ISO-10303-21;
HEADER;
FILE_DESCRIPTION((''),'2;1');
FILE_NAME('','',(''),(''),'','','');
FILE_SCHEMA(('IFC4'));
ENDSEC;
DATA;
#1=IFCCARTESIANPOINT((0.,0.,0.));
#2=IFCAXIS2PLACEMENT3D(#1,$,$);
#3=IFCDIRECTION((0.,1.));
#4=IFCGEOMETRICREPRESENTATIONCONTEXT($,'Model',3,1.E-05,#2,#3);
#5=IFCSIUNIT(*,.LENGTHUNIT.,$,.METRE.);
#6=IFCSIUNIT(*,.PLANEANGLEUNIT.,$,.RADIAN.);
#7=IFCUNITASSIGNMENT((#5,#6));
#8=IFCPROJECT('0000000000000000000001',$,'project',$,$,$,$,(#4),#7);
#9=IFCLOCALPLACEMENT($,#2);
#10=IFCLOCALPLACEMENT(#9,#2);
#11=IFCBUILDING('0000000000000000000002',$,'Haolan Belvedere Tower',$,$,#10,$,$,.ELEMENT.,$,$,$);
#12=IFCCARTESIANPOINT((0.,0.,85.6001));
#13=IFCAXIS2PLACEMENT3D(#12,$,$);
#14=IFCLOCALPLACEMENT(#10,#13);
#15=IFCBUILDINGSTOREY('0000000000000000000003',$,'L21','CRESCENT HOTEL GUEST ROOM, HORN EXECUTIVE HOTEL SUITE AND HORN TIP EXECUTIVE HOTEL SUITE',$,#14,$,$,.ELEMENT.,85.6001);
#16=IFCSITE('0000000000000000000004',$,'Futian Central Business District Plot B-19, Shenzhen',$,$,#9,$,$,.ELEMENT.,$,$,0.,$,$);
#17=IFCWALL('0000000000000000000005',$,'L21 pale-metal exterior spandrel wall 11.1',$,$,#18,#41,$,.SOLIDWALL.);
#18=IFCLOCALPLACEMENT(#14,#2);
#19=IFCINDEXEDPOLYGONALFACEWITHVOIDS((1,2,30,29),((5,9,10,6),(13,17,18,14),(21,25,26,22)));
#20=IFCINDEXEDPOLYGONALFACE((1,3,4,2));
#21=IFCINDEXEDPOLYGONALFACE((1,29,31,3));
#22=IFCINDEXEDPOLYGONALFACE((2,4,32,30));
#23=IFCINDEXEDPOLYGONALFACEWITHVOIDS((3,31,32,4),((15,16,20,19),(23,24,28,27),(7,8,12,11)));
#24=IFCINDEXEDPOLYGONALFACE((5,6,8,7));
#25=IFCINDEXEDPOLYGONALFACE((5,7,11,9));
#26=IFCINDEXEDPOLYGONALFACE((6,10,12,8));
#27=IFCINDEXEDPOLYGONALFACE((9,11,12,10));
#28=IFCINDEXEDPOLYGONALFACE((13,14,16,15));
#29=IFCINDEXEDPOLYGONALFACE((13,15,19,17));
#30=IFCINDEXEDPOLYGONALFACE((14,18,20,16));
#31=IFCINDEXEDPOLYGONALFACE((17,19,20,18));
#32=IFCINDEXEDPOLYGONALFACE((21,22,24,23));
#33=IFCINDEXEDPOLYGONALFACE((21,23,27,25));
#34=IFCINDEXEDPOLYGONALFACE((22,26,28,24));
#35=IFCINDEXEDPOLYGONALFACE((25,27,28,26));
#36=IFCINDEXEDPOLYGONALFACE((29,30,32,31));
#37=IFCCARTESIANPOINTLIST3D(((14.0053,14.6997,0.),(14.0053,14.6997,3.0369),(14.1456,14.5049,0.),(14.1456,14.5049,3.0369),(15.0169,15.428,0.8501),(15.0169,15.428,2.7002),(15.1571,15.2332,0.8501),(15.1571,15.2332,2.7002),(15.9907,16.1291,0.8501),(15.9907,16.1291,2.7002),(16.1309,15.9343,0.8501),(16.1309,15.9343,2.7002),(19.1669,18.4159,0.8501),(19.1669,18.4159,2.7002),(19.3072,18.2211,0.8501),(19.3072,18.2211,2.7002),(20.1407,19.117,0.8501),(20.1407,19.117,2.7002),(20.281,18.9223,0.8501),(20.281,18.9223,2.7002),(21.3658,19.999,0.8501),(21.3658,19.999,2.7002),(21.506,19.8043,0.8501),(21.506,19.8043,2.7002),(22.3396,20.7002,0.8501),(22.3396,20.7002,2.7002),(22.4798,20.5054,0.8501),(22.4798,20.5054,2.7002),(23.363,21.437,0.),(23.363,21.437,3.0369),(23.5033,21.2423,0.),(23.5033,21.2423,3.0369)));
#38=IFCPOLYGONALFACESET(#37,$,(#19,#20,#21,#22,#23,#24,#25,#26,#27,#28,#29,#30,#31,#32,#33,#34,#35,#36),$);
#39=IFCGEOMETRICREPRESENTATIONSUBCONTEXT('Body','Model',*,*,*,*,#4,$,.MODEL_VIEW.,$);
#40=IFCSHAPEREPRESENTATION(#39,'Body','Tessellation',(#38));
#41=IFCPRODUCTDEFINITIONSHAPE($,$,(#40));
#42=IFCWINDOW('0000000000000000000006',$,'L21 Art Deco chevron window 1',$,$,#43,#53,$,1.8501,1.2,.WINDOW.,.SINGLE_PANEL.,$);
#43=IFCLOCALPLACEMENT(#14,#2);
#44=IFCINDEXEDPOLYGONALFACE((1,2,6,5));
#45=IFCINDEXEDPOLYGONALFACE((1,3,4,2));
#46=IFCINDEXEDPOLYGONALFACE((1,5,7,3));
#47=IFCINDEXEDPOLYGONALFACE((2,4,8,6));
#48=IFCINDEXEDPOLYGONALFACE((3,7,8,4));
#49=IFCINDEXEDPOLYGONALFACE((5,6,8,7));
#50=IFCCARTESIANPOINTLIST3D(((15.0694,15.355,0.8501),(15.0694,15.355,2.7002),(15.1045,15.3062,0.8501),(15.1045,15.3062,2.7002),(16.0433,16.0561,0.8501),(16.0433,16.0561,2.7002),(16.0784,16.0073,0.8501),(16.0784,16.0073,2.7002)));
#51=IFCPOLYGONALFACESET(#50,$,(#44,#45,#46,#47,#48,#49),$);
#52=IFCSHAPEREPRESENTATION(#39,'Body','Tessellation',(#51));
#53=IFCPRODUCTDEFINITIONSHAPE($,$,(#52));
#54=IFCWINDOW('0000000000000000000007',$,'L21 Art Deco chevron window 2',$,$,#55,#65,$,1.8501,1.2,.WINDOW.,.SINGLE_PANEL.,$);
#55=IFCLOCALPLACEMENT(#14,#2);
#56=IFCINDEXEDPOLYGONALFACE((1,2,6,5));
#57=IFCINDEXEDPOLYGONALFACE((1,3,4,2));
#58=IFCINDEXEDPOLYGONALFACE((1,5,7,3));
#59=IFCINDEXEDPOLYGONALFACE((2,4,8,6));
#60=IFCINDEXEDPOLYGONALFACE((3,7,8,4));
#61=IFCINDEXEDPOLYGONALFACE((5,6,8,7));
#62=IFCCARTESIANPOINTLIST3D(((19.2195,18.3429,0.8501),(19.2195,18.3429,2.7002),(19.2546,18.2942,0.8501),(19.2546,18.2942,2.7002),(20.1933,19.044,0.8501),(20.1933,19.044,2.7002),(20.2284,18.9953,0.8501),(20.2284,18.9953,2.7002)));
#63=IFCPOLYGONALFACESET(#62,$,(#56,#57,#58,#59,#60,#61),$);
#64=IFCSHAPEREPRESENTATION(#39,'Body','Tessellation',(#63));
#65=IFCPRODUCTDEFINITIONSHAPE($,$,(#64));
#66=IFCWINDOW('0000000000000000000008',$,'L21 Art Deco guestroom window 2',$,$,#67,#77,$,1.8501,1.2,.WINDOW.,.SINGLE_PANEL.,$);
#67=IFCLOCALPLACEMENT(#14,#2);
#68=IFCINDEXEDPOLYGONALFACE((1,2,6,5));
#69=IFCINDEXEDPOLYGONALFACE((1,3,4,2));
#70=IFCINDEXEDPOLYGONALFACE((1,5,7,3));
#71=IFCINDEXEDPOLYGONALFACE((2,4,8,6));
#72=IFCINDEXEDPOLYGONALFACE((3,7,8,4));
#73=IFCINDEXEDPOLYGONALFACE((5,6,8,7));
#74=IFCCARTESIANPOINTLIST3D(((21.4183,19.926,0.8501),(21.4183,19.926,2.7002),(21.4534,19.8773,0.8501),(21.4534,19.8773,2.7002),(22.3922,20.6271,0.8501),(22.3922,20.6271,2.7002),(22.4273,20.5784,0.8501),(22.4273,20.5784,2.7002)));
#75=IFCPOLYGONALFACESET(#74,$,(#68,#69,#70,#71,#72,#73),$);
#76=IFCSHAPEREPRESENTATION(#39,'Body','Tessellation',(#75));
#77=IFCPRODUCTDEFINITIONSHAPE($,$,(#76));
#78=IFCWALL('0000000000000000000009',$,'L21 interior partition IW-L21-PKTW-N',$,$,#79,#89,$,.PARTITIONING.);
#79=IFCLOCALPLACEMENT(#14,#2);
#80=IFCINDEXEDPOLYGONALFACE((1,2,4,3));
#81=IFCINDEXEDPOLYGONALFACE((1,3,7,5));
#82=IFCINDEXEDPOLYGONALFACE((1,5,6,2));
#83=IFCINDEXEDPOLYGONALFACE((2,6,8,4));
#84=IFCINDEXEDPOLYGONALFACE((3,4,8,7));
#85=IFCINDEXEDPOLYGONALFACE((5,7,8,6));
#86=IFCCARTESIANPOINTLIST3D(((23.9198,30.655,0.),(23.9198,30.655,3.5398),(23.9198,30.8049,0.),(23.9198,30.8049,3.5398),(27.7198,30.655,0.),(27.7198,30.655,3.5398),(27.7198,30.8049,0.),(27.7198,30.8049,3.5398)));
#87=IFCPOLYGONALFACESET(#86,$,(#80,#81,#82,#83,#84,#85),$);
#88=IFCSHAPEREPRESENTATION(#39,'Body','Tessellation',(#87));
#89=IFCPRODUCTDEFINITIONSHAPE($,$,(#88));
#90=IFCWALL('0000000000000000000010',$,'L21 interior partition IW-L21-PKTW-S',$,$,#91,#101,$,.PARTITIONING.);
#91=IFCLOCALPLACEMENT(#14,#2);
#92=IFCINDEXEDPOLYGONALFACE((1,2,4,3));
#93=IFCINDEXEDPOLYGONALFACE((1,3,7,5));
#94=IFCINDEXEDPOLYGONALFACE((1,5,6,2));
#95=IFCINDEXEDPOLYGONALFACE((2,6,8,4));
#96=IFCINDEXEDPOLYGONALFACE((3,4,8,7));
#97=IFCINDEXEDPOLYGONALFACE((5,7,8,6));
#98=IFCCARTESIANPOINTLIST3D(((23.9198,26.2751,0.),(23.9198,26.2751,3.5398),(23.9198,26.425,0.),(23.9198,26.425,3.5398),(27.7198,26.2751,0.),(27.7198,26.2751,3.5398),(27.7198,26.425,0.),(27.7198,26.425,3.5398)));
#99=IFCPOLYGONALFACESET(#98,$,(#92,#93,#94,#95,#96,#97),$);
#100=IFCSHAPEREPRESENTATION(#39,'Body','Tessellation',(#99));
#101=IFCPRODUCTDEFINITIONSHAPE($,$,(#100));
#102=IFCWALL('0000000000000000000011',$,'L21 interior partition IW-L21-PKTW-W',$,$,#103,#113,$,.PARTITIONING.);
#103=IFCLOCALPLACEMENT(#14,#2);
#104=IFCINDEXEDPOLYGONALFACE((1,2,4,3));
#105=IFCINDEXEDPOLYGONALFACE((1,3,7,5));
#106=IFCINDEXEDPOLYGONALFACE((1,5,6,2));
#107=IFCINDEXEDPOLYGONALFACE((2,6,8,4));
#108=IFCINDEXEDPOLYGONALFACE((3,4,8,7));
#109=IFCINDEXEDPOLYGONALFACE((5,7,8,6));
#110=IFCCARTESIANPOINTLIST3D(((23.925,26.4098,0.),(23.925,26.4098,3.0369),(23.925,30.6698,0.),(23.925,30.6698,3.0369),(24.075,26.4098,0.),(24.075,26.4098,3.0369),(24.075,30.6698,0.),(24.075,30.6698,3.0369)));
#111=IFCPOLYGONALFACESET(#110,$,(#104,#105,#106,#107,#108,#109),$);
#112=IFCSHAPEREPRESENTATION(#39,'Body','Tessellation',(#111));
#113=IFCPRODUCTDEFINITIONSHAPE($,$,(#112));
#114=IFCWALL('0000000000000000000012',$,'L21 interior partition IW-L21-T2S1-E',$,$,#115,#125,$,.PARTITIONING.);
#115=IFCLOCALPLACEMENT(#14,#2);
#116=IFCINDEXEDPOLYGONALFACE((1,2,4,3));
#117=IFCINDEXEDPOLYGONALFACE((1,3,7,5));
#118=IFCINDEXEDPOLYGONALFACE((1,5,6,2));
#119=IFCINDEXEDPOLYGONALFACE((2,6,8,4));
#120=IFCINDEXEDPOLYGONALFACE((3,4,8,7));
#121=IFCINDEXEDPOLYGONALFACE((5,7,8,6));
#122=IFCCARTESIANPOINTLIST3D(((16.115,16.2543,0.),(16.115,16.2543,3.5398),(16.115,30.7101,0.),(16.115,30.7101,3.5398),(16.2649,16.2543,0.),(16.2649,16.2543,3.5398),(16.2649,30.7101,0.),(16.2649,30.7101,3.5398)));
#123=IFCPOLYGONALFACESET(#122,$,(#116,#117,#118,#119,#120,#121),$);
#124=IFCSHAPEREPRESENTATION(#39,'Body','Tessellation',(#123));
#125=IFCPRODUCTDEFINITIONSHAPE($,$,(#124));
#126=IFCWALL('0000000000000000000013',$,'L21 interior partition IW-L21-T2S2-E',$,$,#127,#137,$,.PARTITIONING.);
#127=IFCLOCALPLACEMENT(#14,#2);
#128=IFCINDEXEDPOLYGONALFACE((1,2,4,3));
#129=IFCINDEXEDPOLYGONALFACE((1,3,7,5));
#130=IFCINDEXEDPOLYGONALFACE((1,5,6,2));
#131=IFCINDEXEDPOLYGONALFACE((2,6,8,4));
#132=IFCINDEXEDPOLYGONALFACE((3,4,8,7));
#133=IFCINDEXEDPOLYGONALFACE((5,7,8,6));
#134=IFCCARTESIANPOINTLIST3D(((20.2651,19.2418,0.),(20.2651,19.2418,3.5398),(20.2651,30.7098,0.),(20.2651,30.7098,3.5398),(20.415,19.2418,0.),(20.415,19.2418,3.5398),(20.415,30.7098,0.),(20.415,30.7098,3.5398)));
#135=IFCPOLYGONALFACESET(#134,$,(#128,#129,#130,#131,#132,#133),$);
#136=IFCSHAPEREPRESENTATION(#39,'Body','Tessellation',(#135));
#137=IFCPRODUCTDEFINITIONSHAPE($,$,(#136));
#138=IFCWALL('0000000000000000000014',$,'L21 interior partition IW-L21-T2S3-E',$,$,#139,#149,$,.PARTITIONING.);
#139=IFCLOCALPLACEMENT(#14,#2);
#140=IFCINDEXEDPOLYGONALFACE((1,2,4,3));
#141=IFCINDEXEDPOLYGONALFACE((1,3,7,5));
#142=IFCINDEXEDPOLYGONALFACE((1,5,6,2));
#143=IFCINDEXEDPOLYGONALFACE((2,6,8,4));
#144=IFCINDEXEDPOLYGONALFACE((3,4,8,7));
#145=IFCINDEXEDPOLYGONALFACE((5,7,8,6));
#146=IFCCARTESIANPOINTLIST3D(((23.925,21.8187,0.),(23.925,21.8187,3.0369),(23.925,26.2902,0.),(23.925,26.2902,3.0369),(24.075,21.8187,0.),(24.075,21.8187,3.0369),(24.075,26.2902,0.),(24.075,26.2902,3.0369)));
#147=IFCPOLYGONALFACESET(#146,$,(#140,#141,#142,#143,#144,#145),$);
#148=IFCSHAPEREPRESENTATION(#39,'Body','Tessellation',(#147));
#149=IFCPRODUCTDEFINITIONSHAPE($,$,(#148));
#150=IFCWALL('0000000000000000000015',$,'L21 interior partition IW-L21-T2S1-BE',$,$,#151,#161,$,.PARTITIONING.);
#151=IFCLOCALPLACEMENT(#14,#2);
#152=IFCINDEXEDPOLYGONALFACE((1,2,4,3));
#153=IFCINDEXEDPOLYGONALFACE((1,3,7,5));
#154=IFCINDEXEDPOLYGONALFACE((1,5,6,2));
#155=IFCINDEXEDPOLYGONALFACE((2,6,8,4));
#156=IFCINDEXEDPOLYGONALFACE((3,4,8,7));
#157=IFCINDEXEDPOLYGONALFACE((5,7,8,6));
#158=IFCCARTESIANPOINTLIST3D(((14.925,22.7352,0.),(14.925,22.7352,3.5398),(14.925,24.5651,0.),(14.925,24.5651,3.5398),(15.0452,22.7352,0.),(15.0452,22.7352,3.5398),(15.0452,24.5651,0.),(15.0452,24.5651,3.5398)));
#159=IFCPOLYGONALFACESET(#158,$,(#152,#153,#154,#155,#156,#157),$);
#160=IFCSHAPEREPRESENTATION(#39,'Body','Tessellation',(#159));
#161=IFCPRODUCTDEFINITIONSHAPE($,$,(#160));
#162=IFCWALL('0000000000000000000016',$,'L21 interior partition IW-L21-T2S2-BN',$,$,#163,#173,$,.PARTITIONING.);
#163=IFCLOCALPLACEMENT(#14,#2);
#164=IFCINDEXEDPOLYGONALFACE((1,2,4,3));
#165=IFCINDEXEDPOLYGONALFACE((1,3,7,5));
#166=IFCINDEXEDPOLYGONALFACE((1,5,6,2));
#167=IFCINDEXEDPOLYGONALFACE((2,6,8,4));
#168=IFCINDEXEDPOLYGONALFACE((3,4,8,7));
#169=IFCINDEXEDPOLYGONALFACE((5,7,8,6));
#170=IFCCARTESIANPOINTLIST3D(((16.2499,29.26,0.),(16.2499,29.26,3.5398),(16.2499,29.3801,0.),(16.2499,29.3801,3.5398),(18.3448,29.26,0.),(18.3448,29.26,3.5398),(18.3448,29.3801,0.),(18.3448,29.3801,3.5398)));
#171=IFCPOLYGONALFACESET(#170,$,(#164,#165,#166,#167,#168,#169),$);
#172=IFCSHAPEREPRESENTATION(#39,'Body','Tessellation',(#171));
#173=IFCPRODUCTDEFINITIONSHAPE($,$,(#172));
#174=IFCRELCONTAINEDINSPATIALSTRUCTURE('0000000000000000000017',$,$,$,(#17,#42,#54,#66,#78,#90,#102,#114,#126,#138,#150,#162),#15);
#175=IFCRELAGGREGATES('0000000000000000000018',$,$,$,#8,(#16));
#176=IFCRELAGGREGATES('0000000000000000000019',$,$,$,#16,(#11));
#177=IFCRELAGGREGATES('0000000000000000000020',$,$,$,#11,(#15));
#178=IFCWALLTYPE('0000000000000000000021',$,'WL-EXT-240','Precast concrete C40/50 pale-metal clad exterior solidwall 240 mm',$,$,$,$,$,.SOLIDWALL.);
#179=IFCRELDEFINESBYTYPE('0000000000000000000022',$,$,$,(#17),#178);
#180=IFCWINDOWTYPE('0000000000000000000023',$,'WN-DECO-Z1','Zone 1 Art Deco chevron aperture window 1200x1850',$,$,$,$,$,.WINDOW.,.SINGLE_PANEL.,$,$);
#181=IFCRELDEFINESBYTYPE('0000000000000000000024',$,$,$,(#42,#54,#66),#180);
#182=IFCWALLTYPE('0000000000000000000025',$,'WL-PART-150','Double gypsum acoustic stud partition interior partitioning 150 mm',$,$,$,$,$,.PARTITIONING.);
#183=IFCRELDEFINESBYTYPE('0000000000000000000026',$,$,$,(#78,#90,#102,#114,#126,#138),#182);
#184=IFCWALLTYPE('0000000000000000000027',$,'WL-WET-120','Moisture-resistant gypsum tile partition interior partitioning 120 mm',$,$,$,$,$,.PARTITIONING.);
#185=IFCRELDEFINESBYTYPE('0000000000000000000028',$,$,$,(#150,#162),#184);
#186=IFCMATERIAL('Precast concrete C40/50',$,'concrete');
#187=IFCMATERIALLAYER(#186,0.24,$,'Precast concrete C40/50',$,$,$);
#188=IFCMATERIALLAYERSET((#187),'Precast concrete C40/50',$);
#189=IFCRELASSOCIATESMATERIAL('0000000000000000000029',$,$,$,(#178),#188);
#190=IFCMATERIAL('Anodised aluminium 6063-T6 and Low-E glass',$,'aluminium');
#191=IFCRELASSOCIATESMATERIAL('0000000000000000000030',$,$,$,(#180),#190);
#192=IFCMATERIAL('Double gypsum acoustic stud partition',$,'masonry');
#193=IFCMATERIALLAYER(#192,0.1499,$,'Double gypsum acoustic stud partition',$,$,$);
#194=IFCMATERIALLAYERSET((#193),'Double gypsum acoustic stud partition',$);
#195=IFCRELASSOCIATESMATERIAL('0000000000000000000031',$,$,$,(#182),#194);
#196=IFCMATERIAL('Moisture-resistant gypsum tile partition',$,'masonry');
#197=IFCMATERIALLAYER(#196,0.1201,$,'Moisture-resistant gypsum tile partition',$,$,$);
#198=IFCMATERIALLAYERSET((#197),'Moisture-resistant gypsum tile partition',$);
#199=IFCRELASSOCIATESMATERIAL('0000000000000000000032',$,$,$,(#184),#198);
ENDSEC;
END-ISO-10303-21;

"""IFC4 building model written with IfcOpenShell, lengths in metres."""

from ifc_helpers import new_model, si_unit, direction, frame, frame_2d, origin, place, context, subcontext, project, spatial, rectangle, extrude, material, layer, layer_set, type_object, element, fill, save


model = new_model("IFC4")

# Units and contexts
model_context = context("Model", 3, precision=1e-05, world=origin(), true_north=direction((0.0, 1.0)))
body_context = subcontext(model_context, "Body", "Model", "MODEL_VIEW")
ifc_project = project(units=[si_unit("LENGTHUNIT", "METRE"), si_unit("PLANEANGLEUNIT", "RADIAN")], contexts=[model_context])

# Site, building, storey
site_placement = place(None, origin())
site = spatial("IfcSite", under=ifc_project, at=site_placement, Name="Futian Central Business District Plot B-19, Shenzhen", CompositionType="ELEMENT", RefElevation=0.0)
building_placement = place(site_placement, origin())
building = spatial("IfcBuilding", under=site, at=building_placement, Name="Haolan Belvedere Tower", CompositionType="ELEMENT")
storey_placement = place(building_placement, frame((0.0, 0.0, 85.6001)))
storey = spatial("IfcBuildingStorey", under=building, at=storey_placement, Name="L21", Description="CRESCENT HOTEL GUEST ROOM, HORN EXECUTIVE HOTEL SUITE AND HORN TIP EXECUTIVE HOTEL SUITE", CompositionType="ELEMENT", Elevation=85.6001)

# Shared definitions
ifc_material_1 = material(Name="Precast concrete C40/50", Category="concrete")
ifc_layer_1 = layer(ifc_material_1, 0.24, Name="Precast concrete C40/50")
ifc_layer_set_1 = layer_set([ifc_layer_1], Name="Precast concrete C40/50")
wall_type_1 = type_object("IfcWallType", Name="WL-EXT-240", Description="Precast concrete C40/50 pale-metal clad exterior solidwall 240 mm", PredefinedType="SOLIDWALL", material=ifc_layer_set_1)

# Wall, openings, windows
wall_1_placement = place(storey_placement, frame((14.0754, 14.6023, 0.0), z_axis=(0.0, 0.0, 1.0), x_axis=(0.811543, 0.584292, 0.0)))
wall_1 = element("IfcWall", 1, at=wall_1_placement, inside=storey, type_object=wall_type_1, Name="L21 pale-metal exterior spandrel wall 11.1", PredefinedType="SOLIDWALL", context=body_context, shape_type="SweptSolid", body=[
    extrude(rectangle(XDim=11.5308, YDim=0.24, at=frame_2d((5.7654, 0.0))), origin(), (0.0, 0.0, 1.0), 3.0369),
])
opening_1_placement = place(wall_1_placement, frame((1.2463, 0.0, 0.8501)))
opening_1 = element("IfcOpeningElement", 2, at=opening_1_placement, cuts=wall_1, PredefinedType="OPENING", context=body_context, shape_type="SweptSolid", body=[
    extrude(rectangle(XDim=1.2, YDim=1.8501, at=frame_2d((0.6001, 0.925))), frame((0.0, 0.1299, 0.0), z_axis=(0.0, -1.0, 0.0), x_axis=(1.0, 0.0, 0.0)), (0.0, 0.0, 1.0), 0.26),
])
opening_2_placement = place(wall_1_placement, frame((6.3601, 0.0, 0.8501)))
opening_2 = element("IfcOpeningElement", 3, at=opening_2_placement, cuts=wall_1, PredefinedType="OPENING", context=body_context, shape_type="SweptSolid", body=[
    extrude(rectangle(XDim=1.2, YDim=1.8501, at=frame_2d((0.6001, 0.925))), frame((0.0, 0.1299, 0.0), z_axis=(0.0, -1.0, 0.0), x_axis=(1.0, 0.0, 0.0)), (0.0, 0.0, 1.0), 0.26),
])
opening_3_placement = place(wall_1_placement, frame((9.0696, 0.0, 0.8501)))
opening_3 = element("IfcOpeningElement", 4, at=opening_3_placement, cuts=wall_1, PredefinedType="OPENING", context=body_context, shape_type="SweptSolid", body=[
    extrude(rectangle(XDim=1.2, YDim=1.8501, at=frame_2d((0.6001, 0.925))), frame((0.0, 0.1299, 0.0), z_axis=(0.0, -1.0, 0.0), x_axis=(1.0, 0.0, 0.0)), (0.0, 0.0, 1.0), 0.26),
])
ifc_material_2 = material(Name="Anodised aluminium 6063-T6 and Low-E glass", Category="aluminium")
window_type = type_object("IfcWindowType", Name="WN-DECO-Z1", Description="Zone 1 Art Deco chevron aperture window 1200x1850", PartitioningType="SINGLE_PANEL", PredefinedType="WINDOW", material=ifc_material_2)
window_1_placement = place(opening_1_placement, origin())
window_1 = element("IfcWindow", 5, at=window_1_placement, inside=storey, type_object=window_type, Name="L21 Art Deco chevron window 1", OverallHeight=1.8501, OverallWidth=1.2, PartitioningType="SINGLE_PANEL", PredefinedType="WINDOW", context=body_context, shape_type="SweptSolid", body=[
    extrude(rectangle(XDim=1.2, YDim=1.8501, at=frame_2d((0.6001, 0.925))), frame((0.0, 0.03, 0.0), z_axis=(0.0, -1.0, 0.0), x_axis=(1.0, 0.0, 0.0)), (0.0, 0.0, 1.0), 0.0601),
])
fill(opening_1, window_1)
window_2_placement = place(opening_2_placement, origin())
window_2 = element("IfcWindow", 6, at=window_2_placement, inside=storey, type_object=window_type, Name="L21 Art Deco chevron window 2", OverallHeight=1.8501, OverallWidth=1.2, PartitioningType="SINGLE_PANEL", PredefinedType="WINDOW", context=body_context, shape_type="SweptSolid", body=[
    extrude(rectangle(XDim=1.2, YDim=1.8501, at=frame_2d((0.6001, 0.925))), frame((0.0, 0.03, 0.0), z_axis=(0.0, -1.0, 0.0), x_axis=(1.0, 0.0, 0.0)), (0.0, 0.0, 1.0), 0.0601),
])
fill(opening_2, window_2)
window_3_placement = place(opening_3_placement, origin())
window_3 = element("IfcWindow", 7, at=window_3_placement, inside=storey, type_object=window_type, Name="L21 Art Deco guestroom window 2", OverallHeight=1.8501, OverallWidth=1.2, PartitioningType="SINGLE_PANEL", PredefinedType="WINDOW", context=body_context, shape_type="SweptSolid", body=[
    extrude(rectangle(XDim=1.2, YDim=1.8501, at=frame_2d((0.6001, 0.925))), frame((0.0, 0.03, 0.0), z_axis=(0.0, -1.0, 0.0), x_axis=(1.0, 0.0, 0.0)), (0.0, 0.0, 1.0), 0.0601),
])
fill(opening_3, window_3)

# Walls
ifc_material_3 = material(Name="Double gypsum acoustic stud partition", Category="masonry")
ifc_layer_2 = layer(ifc_material_3, 0.1499, Name="Double gypsum acoustic stud partition")
ifc_layer_set_2 = layer_set([ifc_layer_2], Name="Double gypsum acoustic stud partition")
wall_type_2 = type_object("IfcWallType", Name="WL-PART-150", Description="Double gypsum acoustic stud partition interior partitioning 150 mm", PredefinedType="PARTITIONING", material=ifc_layer_set_2)
for number, where, z_axis, x_axis, name in (
    (8, (23.9199, 30.73, 0.0), (0.0, 0.0, 1.0), (1.0, 0.0, 0.0), "L21 interior partition IW-L21-PKTW-N"),
    (9, (23.9199, 26.3501, 0.0), (0.0, 0.0, 1.0), (1.0, 0.0, 0.0), "L21 interior partition IW-L21-PKTW-S"),
):
    element("IfcWall", number, at=place(storey_placement, frame(where, z_axis=z_axis, x_axis=x_axis)), inside=storey, type_object=wall_type_2, Name=name, PredefinedType="PARTITIONING", context=body_context, shape_type="SweptSolid", body=[
        extrude(rectangle(XDim=3.8, YDim=0.1499, at=frame_2d((1.8999, 0.0))), origin(), (0.0, 0.0, 1.0), 3.5398),
    ])
wall_2_placement = place(storey_placement, frame((24.0, 26.4099, 0.0), z_axis=(0.0, 0.0, 1.0), x_axis=(0.0, 1.0, 0.0)))
element("IfcWall", 10, at=wall_2_placement, inside=storey, type_object=wall_type_2, Name="L21 interior partition IW-L21-PKTW-W", PredefinedType="PARTITIONING", context=body_context, shape_type="SweptSolid", body=[
    extrude(rectangle(XDim=4.26, YDim=0.1499, at=frame_2d((2.1299, 0.0))), origin(), (0.0, 0.0, 1.0), 3.0369),
])
wall_3_placement = place(storey_placement, frame((16.1899, 16.2542, 0.0), z_axis=(0.0, 0.0, 1.0), x_axis=(0.0, 1.0, 0.0)))
element("IfcWall", 11, at=wall_3_placement, inside=storey, type_object=wall_type_2, Name="L21 interior partition IW-L21-T2S1-E", PredefinedType="PARTITIONING", context=body_context, shape_type="SweptSolid", body=[
    extrude(rectangle(XDim=14.4558, YDim=0.1499, at=frame_2d((7.228, 0.0))), origin(), (0.0, 0.0, 1.0), 3.5398),
])
wall_4_placement = place(storey_placement, frame((20.3401, 19.2419, 0.0), z_axis=(0.0, 0.0, 1.0), x_axis=(0.0, 1.0, 0.0)))
element("IfcWall", 12, at=wall_4_placement, inside=storey, type_object=wall_type_2, Name="L21 interior partition IW-L21-T2S2-E", PredefinedType="PARTITIONING", context=body_context, shape_type="SweptSolid", body=[
    extrude(rectangle(XDim=11.468, YDim=0.1499, at=frame_2d((5.7339, 0.0))), origin(), (0.0, 0.0, 1.0), 3.5398),
])
wall_5_placement = place(storey_placement, frame((24.0, 21.8186, 0.0), z_axis=(0.0, 0.0, 1.0), x_axis=(0.0, 1.0, 0.0)))
element("IfcWall", 13, at=wall_5_placement, inside=storey, type_object=wall_type_2, Name="L21 interior partition IW-L21-T2S3-E", PredefinedType="PARTITIONING", context=body_context, shape_type="SweptSolid", body=[
    extrude(rectangle(XDim=4.4714, YDim=0.1499, at=frame_2d((2.2358, 0.0))), origin(), (0.0, 0.0, 1.0), 3.0369),
])
ifc_material_4 = material(Name="Moisture-resistant gypsum tile partition", Category="masonry")
ifc_layer_3 = layer(ifc_material_4, 0.1201, Name="Moisture-resistant gypsum tile partition")
ifc_layer_set_3 = layer_set([ifc_layer_3], Name="Moisture-resistant gypsum tile partition")
wall_type_3 = type_object("IfcWallType", Name="WL-WET-120", Description="Moisture-resistant gypsum tile partition interior partitioning 120 mm", PredefinedType="PARTITIONING", material=ifc_layer_set_3)
wall_6_placement = place(storey_placement, frame((14.9851, 22.7351, 0.0), z_axis=(0.0, 0.0, 1.0), x_axis=(0.0, 1.0, 0.0)))
element("IfcWall", 14, at=wall_6_placement, inside=storey, type_object=wall_type_3, Name="L21 interior partition IW-L21-T2S1-BE", PredefinedType="PARTITIONING", context=body_context, shape_type="SweptSolid", body=[
    extrude(rectangle(XDim=1.8298, YDim=0.1201, at=frame_2d((0.915, 0.0))), origin(), (0.0, 0.0, 1.0), 3.5398),
])
wall_7_placement = place(storey_placement, frame((16.25, 29.3201, 0.0), z_axis=(0.0, 0.0, 1.0), x_axis=(1.0, 0.0, 0.0)))
element("IfcWall", 15, at=wall_7_placement, inside=storey, type_object=wall_type_3, Name="L21 interior partition IW-L21-T2S2-BN", PredefinedType="PARTITIONING", context=body_context, shape_type="SweptSolid", body=[
    extrude(rectangle(XDim=2.095, YDim=0.1201, at=frame_2d((1.0474, 0.0))), origin(), (0.0, 0.0, 1.0), 3.5398),
])

save(model, "model.ifc")
